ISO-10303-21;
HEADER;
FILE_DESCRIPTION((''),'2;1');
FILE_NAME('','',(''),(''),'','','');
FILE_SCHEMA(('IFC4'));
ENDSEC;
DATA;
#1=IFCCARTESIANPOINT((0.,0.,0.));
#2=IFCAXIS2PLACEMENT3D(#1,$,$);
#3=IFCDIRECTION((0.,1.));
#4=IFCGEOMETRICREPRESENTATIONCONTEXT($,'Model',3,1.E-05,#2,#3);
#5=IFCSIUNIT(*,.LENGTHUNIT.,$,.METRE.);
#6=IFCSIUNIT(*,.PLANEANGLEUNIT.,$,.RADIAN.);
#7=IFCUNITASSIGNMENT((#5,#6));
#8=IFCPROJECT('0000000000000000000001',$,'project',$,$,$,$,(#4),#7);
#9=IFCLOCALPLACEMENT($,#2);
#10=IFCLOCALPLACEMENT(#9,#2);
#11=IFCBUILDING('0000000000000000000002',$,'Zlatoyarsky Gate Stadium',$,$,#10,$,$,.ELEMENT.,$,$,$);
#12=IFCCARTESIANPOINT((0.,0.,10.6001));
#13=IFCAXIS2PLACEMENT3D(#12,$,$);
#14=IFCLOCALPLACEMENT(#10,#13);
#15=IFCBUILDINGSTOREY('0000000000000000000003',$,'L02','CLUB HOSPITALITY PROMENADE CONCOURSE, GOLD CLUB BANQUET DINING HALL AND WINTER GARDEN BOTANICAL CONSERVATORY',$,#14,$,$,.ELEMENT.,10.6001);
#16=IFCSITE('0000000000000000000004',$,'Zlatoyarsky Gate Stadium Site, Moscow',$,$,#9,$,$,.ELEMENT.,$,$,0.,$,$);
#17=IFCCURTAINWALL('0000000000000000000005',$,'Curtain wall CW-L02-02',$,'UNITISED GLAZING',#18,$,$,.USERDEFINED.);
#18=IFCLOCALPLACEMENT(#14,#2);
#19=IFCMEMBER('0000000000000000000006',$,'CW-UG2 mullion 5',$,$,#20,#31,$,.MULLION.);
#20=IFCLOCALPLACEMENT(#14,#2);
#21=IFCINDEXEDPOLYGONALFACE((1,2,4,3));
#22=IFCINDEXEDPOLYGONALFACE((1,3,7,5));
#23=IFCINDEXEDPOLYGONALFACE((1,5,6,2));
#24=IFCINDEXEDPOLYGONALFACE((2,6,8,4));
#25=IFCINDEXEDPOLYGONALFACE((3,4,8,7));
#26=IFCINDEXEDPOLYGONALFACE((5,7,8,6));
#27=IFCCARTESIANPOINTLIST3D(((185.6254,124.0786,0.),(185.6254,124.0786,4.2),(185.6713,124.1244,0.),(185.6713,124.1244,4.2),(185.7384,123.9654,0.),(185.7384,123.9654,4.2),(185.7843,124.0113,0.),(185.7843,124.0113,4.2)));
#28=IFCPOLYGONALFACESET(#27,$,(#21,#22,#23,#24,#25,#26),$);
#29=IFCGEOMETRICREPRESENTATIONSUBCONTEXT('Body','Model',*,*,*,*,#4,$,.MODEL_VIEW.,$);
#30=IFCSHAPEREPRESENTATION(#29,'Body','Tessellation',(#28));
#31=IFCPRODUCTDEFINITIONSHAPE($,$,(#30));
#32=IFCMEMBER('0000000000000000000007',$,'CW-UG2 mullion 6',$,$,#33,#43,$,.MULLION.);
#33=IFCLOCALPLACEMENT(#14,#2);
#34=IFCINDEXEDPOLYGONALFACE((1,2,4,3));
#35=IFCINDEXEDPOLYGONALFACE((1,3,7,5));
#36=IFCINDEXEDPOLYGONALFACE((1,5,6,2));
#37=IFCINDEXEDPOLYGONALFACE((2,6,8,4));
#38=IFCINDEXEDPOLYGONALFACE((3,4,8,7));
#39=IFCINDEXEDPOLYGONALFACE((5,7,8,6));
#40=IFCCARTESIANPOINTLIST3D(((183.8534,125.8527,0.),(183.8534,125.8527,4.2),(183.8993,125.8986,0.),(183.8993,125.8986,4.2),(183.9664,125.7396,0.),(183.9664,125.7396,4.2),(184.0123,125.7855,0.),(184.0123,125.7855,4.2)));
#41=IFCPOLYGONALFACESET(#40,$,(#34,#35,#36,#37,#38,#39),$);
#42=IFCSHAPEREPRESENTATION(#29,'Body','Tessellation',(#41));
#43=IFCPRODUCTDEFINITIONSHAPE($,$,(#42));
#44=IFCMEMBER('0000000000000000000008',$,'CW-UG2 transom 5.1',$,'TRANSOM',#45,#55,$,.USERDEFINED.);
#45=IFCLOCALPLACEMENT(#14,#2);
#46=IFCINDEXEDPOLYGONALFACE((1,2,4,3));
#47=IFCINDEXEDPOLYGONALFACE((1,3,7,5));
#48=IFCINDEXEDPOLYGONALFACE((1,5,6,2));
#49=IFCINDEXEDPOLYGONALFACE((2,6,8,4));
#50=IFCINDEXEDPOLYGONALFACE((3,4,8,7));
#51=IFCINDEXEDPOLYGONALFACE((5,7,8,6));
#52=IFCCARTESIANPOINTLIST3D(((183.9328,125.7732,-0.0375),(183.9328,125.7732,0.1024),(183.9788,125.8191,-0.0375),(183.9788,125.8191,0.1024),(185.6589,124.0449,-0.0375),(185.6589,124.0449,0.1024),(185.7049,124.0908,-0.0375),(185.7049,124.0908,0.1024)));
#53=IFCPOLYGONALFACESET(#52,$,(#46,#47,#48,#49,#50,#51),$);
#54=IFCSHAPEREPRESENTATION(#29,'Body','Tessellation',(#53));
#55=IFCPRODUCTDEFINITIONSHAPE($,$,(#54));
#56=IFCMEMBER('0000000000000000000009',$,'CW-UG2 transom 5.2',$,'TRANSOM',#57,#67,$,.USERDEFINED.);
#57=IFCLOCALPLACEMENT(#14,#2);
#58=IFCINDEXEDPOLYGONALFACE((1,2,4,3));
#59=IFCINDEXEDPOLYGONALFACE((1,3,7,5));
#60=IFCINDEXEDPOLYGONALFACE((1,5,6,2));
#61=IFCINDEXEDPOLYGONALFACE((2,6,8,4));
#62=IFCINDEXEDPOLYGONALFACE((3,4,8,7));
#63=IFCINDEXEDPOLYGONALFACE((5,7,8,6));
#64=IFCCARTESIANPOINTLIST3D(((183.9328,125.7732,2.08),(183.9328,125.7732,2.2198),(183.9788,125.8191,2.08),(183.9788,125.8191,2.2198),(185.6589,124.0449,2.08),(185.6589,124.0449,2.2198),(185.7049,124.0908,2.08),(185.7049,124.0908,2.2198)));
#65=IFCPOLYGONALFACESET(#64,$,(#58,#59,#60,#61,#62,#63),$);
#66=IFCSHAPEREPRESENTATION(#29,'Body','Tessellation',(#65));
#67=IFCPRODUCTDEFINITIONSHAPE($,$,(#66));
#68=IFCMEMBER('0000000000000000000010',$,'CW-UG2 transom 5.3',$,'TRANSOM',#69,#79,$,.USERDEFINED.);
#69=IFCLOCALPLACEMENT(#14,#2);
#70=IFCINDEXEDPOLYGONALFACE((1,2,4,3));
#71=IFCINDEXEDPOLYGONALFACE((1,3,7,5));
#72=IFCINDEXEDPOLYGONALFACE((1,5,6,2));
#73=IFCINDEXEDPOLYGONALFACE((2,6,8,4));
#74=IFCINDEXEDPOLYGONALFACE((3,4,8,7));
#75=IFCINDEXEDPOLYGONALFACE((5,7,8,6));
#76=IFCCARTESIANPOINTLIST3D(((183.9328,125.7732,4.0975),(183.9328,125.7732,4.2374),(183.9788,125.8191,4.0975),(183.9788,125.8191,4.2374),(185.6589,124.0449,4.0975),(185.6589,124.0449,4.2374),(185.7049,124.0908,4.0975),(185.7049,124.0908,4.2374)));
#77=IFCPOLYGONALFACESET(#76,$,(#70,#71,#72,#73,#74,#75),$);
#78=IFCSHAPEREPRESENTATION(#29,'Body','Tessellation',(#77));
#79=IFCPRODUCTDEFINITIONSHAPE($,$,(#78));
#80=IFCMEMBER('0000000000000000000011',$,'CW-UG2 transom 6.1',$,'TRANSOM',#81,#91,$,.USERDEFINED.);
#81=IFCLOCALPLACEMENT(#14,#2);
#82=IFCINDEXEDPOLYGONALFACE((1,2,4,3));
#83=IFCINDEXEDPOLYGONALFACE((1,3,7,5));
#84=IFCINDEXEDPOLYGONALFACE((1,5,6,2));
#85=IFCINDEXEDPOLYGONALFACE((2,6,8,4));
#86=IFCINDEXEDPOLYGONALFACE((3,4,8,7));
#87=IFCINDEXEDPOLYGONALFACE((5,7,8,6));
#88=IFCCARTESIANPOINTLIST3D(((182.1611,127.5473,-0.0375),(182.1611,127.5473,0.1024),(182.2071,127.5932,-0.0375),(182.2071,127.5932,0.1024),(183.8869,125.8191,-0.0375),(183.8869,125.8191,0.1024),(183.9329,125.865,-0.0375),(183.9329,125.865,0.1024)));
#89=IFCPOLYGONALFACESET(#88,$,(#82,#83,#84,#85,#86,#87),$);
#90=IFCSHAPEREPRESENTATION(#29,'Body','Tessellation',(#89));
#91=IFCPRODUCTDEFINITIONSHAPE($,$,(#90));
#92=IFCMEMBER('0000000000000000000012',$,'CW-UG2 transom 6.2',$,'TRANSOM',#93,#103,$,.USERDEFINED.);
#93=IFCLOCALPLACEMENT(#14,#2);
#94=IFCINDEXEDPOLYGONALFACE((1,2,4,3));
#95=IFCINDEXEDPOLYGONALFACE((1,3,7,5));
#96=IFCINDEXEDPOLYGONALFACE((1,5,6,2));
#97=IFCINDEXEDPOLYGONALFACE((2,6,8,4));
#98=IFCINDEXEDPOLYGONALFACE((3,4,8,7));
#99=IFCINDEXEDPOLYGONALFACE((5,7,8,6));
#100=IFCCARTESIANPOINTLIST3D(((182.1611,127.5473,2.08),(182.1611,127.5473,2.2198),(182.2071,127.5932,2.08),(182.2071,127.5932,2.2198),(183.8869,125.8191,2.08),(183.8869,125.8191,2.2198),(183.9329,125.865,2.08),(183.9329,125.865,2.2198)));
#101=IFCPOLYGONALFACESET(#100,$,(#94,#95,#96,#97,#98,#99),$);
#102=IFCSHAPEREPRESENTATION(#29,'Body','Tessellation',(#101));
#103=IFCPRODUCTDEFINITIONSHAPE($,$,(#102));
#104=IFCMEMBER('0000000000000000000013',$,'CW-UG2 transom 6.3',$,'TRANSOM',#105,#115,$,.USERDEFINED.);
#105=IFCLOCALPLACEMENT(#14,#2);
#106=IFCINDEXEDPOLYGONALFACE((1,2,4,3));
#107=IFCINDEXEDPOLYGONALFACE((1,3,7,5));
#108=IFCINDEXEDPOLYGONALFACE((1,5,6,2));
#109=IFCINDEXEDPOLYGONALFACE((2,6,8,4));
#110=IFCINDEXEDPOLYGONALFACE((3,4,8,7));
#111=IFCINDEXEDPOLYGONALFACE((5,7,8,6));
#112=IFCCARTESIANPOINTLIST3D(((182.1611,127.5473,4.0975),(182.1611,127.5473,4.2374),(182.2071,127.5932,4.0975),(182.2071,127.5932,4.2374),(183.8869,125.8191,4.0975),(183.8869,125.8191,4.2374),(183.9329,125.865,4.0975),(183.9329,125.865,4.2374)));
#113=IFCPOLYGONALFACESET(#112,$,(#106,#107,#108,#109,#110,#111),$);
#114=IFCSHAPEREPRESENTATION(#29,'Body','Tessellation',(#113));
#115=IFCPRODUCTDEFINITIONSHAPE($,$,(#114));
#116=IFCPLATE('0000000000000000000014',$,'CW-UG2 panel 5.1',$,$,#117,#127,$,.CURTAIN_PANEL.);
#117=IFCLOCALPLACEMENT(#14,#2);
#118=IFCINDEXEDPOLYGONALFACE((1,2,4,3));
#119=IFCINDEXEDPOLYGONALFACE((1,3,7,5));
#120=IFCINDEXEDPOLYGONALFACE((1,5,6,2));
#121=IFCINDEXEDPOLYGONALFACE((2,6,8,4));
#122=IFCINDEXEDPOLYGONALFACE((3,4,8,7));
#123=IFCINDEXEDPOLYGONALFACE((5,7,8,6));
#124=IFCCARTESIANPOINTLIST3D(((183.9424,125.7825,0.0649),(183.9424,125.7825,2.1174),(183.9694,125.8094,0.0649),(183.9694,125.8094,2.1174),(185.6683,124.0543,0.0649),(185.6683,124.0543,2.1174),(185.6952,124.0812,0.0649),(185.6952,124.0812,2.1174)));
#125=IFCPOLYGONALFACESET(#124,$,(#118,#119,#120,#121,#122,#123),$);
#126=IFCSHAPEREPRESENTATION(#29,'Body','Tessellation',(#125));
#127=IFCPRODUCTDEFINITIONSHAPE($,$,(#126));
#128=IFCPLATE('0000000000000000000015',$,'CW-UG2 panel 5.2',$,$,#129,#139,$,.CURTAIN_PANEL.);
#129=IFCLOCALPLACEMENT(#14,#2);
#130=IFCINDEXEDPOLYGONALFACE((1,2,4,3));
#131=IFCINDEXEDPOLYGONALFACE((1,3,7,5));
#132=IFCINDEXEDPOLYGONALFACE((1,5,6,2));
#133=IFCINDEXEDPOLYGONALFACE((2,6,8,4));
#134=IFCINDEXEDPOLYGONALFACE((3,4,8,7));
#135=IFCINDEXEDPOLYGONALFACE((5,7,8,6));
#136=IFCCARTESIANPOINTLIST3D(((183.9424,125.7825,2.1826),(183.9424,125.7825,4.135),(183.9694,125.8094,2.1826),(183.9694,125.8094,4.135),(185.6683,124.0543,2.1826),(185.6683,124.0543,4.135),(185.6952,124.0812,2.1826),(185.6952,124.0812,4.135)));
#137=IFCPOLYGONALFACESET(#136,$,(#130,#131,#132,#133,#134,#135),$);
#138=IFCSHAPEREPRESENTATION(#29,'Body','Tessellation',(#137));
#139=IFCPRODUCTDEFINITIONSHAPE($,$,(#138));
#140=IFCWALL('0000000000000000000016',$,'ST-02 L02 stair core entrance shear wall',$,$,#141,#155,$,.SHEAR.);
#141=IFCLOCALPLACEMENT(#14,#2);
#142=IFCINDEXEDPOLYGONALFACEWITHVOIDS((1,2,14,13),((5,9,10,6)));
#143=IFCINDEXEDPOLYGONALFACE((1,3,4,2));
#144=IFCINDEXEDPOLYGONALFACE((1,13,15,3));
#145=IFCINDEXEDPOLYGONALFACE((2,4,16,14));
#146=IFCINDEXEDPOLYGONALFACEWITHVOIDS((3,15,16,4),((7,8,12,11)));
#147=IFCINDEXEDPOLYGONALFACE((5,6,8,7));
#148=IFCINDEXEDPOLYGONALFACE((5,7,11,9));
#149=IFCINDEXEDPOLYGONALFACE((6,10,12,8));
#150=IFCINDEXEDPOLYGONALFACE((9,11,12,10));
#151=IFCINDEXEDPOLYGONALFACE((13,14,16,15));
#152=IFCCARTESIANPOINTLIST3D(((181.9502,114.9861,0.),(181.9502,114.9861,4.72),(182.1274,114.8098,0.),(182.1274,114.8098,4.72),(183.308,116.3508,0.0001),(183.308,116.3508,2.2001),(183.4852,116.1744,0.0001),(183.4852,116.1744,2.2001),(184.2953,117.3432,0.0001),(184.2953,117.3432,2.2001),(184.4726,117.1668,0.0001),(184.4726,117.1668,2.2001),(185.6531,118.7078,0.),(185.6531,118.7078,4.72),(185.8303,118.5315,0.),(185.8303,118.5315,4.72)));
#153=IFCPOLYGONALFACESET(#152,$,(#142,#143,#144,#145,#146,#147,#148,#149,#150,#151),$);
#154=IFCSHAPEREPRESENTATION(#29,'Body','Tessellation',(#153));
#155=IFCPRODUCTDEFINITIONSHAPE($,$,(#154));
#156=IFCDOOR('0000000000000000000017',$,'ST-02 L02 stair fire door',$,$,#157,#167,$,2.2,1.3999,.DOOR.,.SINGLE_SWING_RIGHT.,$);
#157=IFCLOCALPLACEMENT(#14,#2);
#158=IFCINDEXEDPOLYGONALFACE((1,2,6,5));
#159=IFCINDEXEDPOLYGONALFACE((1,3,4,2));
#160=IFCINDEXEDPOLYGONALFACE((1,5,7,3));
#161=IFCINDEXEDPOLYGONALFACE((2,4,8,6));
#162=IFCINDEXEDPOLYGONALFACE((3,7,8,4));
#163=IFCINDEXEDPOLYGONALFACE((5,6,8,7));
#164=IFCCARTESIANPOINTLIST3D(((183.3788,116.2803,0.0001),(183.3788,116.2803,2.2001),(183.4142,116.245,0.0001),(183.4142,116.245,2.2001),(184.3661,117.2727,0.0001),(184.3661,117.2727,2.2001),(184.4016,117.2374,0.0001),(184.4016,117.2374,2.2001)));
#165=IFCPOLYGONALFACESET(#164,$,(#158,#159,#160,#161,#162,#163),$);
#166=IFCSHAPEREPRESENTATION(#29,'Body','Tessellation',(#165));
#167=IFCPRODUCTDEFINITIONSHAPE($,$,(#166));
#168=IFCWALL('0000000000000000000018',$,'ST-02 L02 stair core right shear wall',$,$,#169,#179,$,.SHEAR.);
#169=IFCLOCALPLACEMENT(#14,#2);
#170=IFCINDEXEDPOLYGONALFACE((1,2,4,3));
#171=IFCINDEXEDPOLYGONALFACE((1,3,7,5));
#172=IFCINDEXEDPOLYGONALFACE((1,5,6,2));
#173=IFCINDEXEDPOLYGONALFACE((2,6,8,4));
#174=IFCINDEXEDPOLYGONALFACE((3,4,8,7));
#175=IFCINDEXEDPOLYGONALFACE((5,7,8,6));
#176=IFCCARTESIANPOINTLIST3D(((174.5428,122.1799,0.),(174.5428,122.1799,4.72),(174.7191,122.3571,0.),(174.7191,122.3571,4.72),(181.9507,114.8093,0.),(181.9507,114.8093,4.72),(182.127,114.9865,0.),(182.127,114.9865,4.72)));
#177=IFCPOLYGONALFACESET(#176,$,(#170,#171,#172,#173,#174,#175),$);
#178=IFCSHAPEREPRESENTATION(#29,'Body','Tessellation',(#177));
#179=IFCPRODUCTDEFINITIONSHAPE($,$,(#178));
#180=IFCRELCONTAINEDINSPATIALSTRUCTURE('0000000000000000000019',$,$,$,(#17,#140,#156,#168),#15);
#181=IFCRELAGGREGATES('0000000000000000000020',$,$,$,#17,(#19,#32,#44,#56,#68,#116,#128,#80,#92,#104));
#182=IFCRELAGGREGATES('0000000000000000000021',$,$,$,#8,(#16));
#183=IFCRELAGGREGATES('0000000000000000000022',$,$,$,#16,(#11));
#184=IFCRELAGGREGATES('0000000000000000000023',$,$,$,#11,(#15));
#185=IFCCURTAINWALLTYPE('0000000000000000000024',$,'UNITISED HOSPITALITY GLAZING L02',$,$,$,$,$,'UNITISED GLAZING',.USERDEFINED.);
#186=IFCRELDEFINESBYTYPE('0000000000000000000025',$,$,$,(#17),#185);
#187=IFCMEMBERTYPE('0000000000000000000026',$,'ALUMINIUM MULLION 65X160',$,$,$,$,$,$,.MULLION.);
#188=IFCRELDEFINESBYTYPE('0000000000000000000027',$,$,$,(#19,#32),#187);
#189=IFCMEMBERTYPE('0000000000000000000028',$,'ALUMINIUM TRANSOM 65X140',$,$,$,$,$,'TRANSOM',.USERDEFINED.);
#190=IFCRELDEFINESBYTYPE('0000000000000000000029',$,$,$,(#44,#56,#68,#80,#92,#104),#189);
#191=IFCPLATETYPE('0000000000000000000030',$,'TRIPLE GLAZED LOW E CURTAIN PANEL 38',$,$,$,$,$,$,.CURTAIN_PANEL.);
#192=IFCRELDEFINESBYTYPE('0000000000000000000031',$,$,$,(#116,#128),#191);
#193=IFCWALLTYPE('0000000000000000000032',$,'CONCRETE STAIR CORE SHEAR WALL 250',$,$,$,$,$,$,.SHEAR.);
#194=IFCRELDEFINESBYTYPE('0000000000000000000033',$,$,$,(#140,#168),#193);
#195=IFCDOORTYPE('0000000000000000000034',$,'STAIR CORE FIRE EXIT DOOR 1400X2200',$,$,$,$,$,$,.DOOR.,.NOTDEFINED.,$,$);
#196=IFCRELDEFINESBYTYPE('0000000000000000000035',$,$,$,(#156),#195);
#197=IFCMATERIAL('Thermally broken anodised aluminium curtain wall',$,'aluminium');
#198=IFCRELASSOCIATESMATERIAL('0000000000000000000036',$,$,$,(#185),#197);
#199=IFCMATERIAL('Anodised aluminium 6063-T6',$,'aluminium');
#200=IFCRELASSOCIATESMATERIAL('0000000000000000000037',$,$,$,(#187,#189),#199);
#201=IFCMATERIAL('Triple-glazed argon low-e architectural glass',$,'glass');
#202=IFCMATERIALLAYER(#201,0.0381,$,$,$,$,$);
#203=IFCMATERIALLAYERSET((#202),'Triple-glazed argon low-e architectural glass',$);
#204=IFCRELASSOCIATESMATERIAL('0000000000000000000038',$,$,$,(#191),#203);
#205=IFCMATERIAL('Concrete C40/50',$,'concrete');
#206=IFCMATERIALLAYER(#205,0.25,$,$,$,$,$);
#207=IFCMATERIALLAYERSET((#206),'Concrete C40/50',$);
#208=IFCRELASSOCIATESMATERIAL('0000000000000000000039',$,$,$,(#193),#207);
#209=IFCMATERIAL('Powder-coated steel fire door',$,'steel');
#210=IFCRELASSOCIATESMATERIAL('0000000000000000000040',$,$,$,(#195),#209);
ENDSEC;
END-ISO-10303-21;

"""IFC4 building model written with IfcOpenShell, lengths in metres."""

from ifc_helpers import new_model, si_unit, direction, frame, frame_2d, origin, origin_2d, place, context, subcontext, project, spatial, rectangle, extrude, material, layer, layer_set, material_profile, profile_set, type_object, element, fill, aggregate, save


model = new_model("IFC4")

# Units and contexts
model_context = context("Model", 3, precision=1e-05, world=origin(), true_north=direction((0.0, 1.0)))
body_context = subcontext(model_context, "Body", "Model", "MODEL_VIEW")
ifc_project = project(units=[si_unit("LENGTHUNIT", "METRE"), si_unit("PLANEANGLEUNIT", "RADIAN")], contexts=[model_context])

# Site, building, storey
site_placement = place(None, origin())
site = spatial("IfcSite", under=ifc_project, at=site_placement, Name="Zlatoyarsky Gate Stadium Site, Moscow", CompositionType="ELEMENT", RefElevation=0.0)
building_placement = place(site_placement, origin())
building = spatial("IfcBuilding", under=site, at=building_placement, Name="Zlatoyarsky Gate Stadium", CompositionType="ELEMENT")
storey_placement = place(building_placement, frame((0.0, 0.0, 10.6001)))
storey = spatial("IfcBuildingStorey", under=building, at=storey_placement, Name="L02", Description="CLUB HOSPITALITY PROMENADE CONCOURSE, GOLD CLUB BANQUET DINING HALL AND WINTER GARDEN BOTANICAL CONSERVATORY", CompositionType="ELEMENT", Elevation=10.6001)

# Curtain wall, members, plates
ifc_material_1 = material(Name="Thermally broken anodised aluminium curtain wall", Category="aluminium")
curtain_wall_type = type_object("IfcCurtainWallType", Name="UNITISED HOSPITALITY GLAZING L02", ElementType="UNITISED GLAZING", PredefinedType="USERDEFINED", material=ifc_material_1)
curtain_wall_placement = place(storey_placement, origin())
curtain_wall = element("IfcCurtainWall", 1, at=curtain_wall_placement, inside=storey, type_object=curtain_wall_type, Name="Curtain wall CW-L02-02", ObjectType="UNITISED GLAZING", PredefinedType="USERDEFINED")
ifc_material_2 = material(Name="Anodised aluminium 6063-T6", Category="aluminium")
ifc_material_profile_1 = material_profile(ifc_material_2, rectangle(XDim=0.0649, YDim=0.1599, at=origin_2d()), Name="ALU 65X160")
ifc_profile_set_1 = profile_set([ifc_material_profile_1], Name="Anodised aluminium 6063-T6")
member_type_1 = type_object("IfcMemberType", Name="ALUMINIUM MULLION 65X160", PredefinedType="MULLION", material=ifc_profile_set_1)
member_1_placement = place(storey_placement, frame((185.7048, 124.0449, 0.0), z_axis=(0.0, 0.0, 1.0), x_axis=(-0.707588, -0.706626, 0.0)))
member_1 = element("IfcMember", 2, at=member_1_placement, type_object=member_type_1, Name="CW-UG2 mullion 5", PredefinedType="MULLION", context=body_context, shape_type="SweptSolid", body=[
    extrude(rectangle(XDim=0.0649, YDim=0.1599, at=origin_2d()), origin(), (0.0, 0.0, 1.0), 4.2),
])
member_2_placement = place(storey_placement, frame((183.9329, 125.8191, 0.0), z_axis=(0.0, 0.0, 1.0), x_axis=(-0.707588, -0.706626, 0.0)))
member_2 = element("IfcMember", 3, at=member_2_placement, type_object=member_type_1, Name="CW-UG2 mullion 6", PredefinedType="MULLION", context=body_context, shape_type="SweptSolid", body=[
    extrude(rectangle(XDim=0.0649, YDim=0.1599, at=origin_2d()), origin(), (0.0, 0.0, 1.0), 4.2),
])
ifc_material_profile_2 = material_profile(ifc_material_2, rectangle(XDim=0.0649, YDim=0.1399, at=origin_2d()), Name="ALU 65X140")
ifc_profile_set_2 = profile_set([ifc_material_profile_2], Name="Anodised aluminium 6063-T6")
member_type_2 = type_object("IfcMemberType", Name="ALUMINIUM TRANSOM 65X140", ElementType="TRANSOM", PredefinedType="USERDEFINED", material=ifc_profile_set_2)
member_3_placement = place(storey_placement, frame((185.6819, 124.0679, 0.0325), z_axis=(-0.706657, 0.707556, 0.0), x_axis=(-0.707556, -0.706657, 0.0)))
member_3 = element("IfcMember", 4, at=member_3_placement, type_object=member_type_2, Name="CW-UG2 transom 5.1", ObjectType="TRANSOM", PredefinedType="USERDEFINED", context=body_context, shape_type="SweptSolid", body=[
    extrude(rectangle(XDim=0.0649, YDim=0.1399, at=origin_2d()), origin(), (0.0, 0.0, 1.0), 2.4426),
])
member_4_placement = place(storey_placement, frame((185.6819, 124.0679, 2.1499), z_axis=(-0.706657, 0.707556, 0.0), x_axis=(-0.707556, -0.706657, 0.0)))
member_4 = element("IfcMember", 5, at=member_4_placement, type_object=member_type_2, Name="CW-UG2 transom 5.2", ObjectType="TRANSOM", PredefinedType="USERDEFINED", context=body_context, shape_type="SweptSolid", body=[
    extrude(rectangle(XDim=0.0649, YDim=0.1399, at=origin_2d()), origin(), (0.0, 0.0, 1.0), 2.4426),
])
member_5_placement = place(storey_placement, frame((185.6819, 124.0679, 4.1675), z_axis=(-0.706657, 0.707556, 0.0), x_axis=(-0.707556, -0.706657, 0.0)))
member_5 = element("IfcMember", 6, at=member_5_placement, type_object=member_type_2, Name="CW-UG2 transom 5.3", ObjectType="TRANSOM", PredefinedType="USERDEFINED", context=body_context, shape_type="SweptSolid", body=[
    extrude(rectangle(XDim=0.0649, YDim=0.1399, at=origin_2d()), origin(), (0.0, 0.0, 1.0), 2.4426),
])
member_6_placement = place(storey_placement, frame((183.9099, 125.842, 0.0325), z_axis=(-0.706607, 0.707606, 0.0), x_axis=(-0.707606, -0.706607, 0.0)))
member_6 = element("IfcMember", 7, at=member_6_placement, type_object=member_type_2, Name="CW-UG2 transom 6.1", ObjectType="TRANSOM", PredefinedType="USERDEFINED", context=body_context, shape_type="SweptSolid", body=[
    extrude(rectangle(XDim=0.0649, YDim=0.1399, at=origin_2d()), origin(), (0.0, 0.0, 1.0), 2.4424),
])
member_7_placement = place(storey_placement, frame((183.9099, 125.842, 2.1499), z_axis=(-0.706607, 0.707606, 0.0), x_axis=(-0.707606, -0.706607, 0.0)))
member_7 = element("IfcMember", 8, at=member_7_placement, type_object=member_type_2, Name="CW-UG2 transom 6.2", ObjectType="TRANSOM", PredefinedType="USERDEFINED", context=body_context, shape_type="SweptSolid", body=[
    extrude(rectangle(XDim=0.0649, YDim=0.1399, at=origin_2d()), origin(), (0.0, 0.0, 1.0), 2.4424),
])
member_8_placement = place(storey_placement, frame((183.9099, 125.842, 4.1675), z_axis=(-0.706607, 0.707606, 0.0), x_axis=(-0.707606, -0.706607, 0.0)))
member_8 = element("IfcMember", 9, at=member_8_placement, type_object=member_type_2, Name="CW-UG2 transom 6.3", ObjectType="TRANSOM", PredefinedType="USERDEFINED", context=body_context, shape_type="SweptSolid", body=[
    extrude(rectangle(XDim=0.0649, YDim=0.1399, at=origin_2d()), origin(), (0.0, 0.0, 1.0), 2.4424),
])
ifc_material_3 = material(Name="Triple-glazed argon low-e architectural glass", Category="glass")
ifc_layer_1 = layer(ifc_material_3, 0.0381)
ifc_layer_set_1 = layer_set([ifc_layer_1], Name="Triple-glazed argon low-e architectural glass")
plate_type = type_object("IfcPlateType", Name="TRIPLE GLAZED LOW E CURTAIN PANEL 38", PredefinedType="CURTAIN_PANEL", material=ifc_layer_set_1)
plate_1_placement = place(storey_placement, frame((184.8188, 124.9319, 0.0649), z_axis=(0.0, 0.0, 1.0), x_axis=(-0.706626, 0.707588, 0.0)))
plate_1 = element("IfcPlate", 10, at=plate_1_placement, type_object=plate_type, Name="CW-UG2 panel 5.1", PredefinedType="CURTAIN_PANEL", context=body_context, shape_type="SweptSolid", body=[
    extrude(rectangle(XDim=2.4424, YDim=0.0381, at=origin_2d()), origin(), (0.0, 0.0, 1.0), 2.0525),
])
plate_2_placement = place(storey_placement, frame((184.8188, 124.9319, 2.1826), z_axis=(0.0, 0.0, 1.0), x_axis=(-0.706626, 0.707588, 0.0)))
plate_2 = element("IfcPlate", 11, at=plate_2_placement, type_object=plate_type, Name="CW-UG2 panel 5.2", PredefinedType="CURTAIN_PANEL", context=body_context, shape_type="SweptSolid", body=[
    extrude(rectangle(XDim=2.4424, YDim=0.0381, at=origin_2d()), origin(), (0.0, 0.0, 1.0), 1.9524),
])
aggregate(curtain_wall, [member_1, member_2, member_3, member_4, member_5, plate_1, plate_2, member_6, member_7, member_8])

# Wall, opening, door
ifc_material_4 = material(Name="Concrete C40/50", Category="concrete")
ifc_layer_2 = layer(ifc_material_4, 0.25)
ifc_layer_set_2 = layer_set([ifc_layer_2], Name="Concrete C40/50")
wall_type_1 = type_object("IfcWallType", Name="CONCRETE STAIR CORE SHEAR WALL 250", PredefinedType="SHEAR", material=ifc_layer_set_2)
wall_1_placement = place(storey_placement, frame((182.0388, 114.8979, 0.0), z_axis=(0.0, 0.0, 1.0), x_axis=(0.705314, 0.708895, 0.0)))
wall_1 = element("IfcWall", 12, at=wall_1_placement, inside=storey, type_object=wall_type_1, Name="ST-02 L02 stair core entrance shear wall", PredefinedType="SHEAR", context=body_context, shape_type="SweptSolid", body=[
    extrude(rectangle(XDim=5.25, YDim=0.25, at=frame_2d((2.625, 0.0))), origin(), (0.0, 0.0, 1.0), 4.72),
])
opening_1_placement = place(wall_1_placement, frame((1.925, 0.0, 0.0)))
opening_1 = element("IfcOpeningElement", 13, at=opening_1_placement, cuts=wall_1, PredefinedType="OPENING", context=body_context, shape_type="SweptSolid", body=[
    extrude(rectangle(XDim=1.3999, YDim=2.2, at=frame_2d((0.7, 1.1001))), frame((0.0, 0.135, 0.0), z_axis=(0.0, -1.0, 0.0), x_axis=(1.0, 0.0, 0.0)), (0.0, 0.0, 1.0), 0.27),
])
ifc_material_5 = material(Name="Powder-coated steel fire door", Category="steel")
door_type_1 = type_object("IfcDoorType", Name="STAIR CORE FIRE EXIT DOOR 1400X2200", OperationType="NOTDEFINED", PredefinedType="DOOR", material=ifc_material_5)
door_1_placement = place(opening_1_placement, frame((1.3999, 0.0, 0.0), z_axis=(0.0, 0.0, 1.0), x_axis=(-1.0, 0.0, 0.0)))
door_1 = element("IfcDoor", 14, at=door_1_placement, inside=storey, type_object=door_type_1, Name="ST-02 L02 stair fire door", OperationType="SINGLE_SWING_RIGHT", OverallHeight=2.2, OverallWidth=1.3999, PredefinedType="DOOR", context=body_context, shape_type="SweptSolid", body=[
    extrude(rectangle(XDim=1.3999, YDim=2.2, at=frame_2d((0.7, 1.1001))), frame((0.0, 0.0249, 0.0), z_axis=(0.0, -1.0, 0.0), x_axis=(1.0, 0.0, 0.0)), (0.0, 0.0, 1.0), 0.05),
])
fill(opening_1, door_1)

# Wall
wall_2_placement = place(storey_placement, frame((174.6309, 122.2686, 0.0), z_axis=(0.0, 0.0, 1.0), x_axis=(0.708892, -0.705317, 0.0)))
element("IfcWall", 15, at=wall_2_placement, inside=storey, type_object=wall_type_1, Name="ST-02 L02 stair core right shear wall", PredefinedType="SHEAR", context=body_context, shape_type="SweptSolid", body=[
    extrude(rectangle(XDim=10.45, YDim=0.25, at=frame_2d((5.2251, 0.0))), origin(), (0.0, 0.0, 1.0), 4.72),
])

save(model, "model.ifc")
